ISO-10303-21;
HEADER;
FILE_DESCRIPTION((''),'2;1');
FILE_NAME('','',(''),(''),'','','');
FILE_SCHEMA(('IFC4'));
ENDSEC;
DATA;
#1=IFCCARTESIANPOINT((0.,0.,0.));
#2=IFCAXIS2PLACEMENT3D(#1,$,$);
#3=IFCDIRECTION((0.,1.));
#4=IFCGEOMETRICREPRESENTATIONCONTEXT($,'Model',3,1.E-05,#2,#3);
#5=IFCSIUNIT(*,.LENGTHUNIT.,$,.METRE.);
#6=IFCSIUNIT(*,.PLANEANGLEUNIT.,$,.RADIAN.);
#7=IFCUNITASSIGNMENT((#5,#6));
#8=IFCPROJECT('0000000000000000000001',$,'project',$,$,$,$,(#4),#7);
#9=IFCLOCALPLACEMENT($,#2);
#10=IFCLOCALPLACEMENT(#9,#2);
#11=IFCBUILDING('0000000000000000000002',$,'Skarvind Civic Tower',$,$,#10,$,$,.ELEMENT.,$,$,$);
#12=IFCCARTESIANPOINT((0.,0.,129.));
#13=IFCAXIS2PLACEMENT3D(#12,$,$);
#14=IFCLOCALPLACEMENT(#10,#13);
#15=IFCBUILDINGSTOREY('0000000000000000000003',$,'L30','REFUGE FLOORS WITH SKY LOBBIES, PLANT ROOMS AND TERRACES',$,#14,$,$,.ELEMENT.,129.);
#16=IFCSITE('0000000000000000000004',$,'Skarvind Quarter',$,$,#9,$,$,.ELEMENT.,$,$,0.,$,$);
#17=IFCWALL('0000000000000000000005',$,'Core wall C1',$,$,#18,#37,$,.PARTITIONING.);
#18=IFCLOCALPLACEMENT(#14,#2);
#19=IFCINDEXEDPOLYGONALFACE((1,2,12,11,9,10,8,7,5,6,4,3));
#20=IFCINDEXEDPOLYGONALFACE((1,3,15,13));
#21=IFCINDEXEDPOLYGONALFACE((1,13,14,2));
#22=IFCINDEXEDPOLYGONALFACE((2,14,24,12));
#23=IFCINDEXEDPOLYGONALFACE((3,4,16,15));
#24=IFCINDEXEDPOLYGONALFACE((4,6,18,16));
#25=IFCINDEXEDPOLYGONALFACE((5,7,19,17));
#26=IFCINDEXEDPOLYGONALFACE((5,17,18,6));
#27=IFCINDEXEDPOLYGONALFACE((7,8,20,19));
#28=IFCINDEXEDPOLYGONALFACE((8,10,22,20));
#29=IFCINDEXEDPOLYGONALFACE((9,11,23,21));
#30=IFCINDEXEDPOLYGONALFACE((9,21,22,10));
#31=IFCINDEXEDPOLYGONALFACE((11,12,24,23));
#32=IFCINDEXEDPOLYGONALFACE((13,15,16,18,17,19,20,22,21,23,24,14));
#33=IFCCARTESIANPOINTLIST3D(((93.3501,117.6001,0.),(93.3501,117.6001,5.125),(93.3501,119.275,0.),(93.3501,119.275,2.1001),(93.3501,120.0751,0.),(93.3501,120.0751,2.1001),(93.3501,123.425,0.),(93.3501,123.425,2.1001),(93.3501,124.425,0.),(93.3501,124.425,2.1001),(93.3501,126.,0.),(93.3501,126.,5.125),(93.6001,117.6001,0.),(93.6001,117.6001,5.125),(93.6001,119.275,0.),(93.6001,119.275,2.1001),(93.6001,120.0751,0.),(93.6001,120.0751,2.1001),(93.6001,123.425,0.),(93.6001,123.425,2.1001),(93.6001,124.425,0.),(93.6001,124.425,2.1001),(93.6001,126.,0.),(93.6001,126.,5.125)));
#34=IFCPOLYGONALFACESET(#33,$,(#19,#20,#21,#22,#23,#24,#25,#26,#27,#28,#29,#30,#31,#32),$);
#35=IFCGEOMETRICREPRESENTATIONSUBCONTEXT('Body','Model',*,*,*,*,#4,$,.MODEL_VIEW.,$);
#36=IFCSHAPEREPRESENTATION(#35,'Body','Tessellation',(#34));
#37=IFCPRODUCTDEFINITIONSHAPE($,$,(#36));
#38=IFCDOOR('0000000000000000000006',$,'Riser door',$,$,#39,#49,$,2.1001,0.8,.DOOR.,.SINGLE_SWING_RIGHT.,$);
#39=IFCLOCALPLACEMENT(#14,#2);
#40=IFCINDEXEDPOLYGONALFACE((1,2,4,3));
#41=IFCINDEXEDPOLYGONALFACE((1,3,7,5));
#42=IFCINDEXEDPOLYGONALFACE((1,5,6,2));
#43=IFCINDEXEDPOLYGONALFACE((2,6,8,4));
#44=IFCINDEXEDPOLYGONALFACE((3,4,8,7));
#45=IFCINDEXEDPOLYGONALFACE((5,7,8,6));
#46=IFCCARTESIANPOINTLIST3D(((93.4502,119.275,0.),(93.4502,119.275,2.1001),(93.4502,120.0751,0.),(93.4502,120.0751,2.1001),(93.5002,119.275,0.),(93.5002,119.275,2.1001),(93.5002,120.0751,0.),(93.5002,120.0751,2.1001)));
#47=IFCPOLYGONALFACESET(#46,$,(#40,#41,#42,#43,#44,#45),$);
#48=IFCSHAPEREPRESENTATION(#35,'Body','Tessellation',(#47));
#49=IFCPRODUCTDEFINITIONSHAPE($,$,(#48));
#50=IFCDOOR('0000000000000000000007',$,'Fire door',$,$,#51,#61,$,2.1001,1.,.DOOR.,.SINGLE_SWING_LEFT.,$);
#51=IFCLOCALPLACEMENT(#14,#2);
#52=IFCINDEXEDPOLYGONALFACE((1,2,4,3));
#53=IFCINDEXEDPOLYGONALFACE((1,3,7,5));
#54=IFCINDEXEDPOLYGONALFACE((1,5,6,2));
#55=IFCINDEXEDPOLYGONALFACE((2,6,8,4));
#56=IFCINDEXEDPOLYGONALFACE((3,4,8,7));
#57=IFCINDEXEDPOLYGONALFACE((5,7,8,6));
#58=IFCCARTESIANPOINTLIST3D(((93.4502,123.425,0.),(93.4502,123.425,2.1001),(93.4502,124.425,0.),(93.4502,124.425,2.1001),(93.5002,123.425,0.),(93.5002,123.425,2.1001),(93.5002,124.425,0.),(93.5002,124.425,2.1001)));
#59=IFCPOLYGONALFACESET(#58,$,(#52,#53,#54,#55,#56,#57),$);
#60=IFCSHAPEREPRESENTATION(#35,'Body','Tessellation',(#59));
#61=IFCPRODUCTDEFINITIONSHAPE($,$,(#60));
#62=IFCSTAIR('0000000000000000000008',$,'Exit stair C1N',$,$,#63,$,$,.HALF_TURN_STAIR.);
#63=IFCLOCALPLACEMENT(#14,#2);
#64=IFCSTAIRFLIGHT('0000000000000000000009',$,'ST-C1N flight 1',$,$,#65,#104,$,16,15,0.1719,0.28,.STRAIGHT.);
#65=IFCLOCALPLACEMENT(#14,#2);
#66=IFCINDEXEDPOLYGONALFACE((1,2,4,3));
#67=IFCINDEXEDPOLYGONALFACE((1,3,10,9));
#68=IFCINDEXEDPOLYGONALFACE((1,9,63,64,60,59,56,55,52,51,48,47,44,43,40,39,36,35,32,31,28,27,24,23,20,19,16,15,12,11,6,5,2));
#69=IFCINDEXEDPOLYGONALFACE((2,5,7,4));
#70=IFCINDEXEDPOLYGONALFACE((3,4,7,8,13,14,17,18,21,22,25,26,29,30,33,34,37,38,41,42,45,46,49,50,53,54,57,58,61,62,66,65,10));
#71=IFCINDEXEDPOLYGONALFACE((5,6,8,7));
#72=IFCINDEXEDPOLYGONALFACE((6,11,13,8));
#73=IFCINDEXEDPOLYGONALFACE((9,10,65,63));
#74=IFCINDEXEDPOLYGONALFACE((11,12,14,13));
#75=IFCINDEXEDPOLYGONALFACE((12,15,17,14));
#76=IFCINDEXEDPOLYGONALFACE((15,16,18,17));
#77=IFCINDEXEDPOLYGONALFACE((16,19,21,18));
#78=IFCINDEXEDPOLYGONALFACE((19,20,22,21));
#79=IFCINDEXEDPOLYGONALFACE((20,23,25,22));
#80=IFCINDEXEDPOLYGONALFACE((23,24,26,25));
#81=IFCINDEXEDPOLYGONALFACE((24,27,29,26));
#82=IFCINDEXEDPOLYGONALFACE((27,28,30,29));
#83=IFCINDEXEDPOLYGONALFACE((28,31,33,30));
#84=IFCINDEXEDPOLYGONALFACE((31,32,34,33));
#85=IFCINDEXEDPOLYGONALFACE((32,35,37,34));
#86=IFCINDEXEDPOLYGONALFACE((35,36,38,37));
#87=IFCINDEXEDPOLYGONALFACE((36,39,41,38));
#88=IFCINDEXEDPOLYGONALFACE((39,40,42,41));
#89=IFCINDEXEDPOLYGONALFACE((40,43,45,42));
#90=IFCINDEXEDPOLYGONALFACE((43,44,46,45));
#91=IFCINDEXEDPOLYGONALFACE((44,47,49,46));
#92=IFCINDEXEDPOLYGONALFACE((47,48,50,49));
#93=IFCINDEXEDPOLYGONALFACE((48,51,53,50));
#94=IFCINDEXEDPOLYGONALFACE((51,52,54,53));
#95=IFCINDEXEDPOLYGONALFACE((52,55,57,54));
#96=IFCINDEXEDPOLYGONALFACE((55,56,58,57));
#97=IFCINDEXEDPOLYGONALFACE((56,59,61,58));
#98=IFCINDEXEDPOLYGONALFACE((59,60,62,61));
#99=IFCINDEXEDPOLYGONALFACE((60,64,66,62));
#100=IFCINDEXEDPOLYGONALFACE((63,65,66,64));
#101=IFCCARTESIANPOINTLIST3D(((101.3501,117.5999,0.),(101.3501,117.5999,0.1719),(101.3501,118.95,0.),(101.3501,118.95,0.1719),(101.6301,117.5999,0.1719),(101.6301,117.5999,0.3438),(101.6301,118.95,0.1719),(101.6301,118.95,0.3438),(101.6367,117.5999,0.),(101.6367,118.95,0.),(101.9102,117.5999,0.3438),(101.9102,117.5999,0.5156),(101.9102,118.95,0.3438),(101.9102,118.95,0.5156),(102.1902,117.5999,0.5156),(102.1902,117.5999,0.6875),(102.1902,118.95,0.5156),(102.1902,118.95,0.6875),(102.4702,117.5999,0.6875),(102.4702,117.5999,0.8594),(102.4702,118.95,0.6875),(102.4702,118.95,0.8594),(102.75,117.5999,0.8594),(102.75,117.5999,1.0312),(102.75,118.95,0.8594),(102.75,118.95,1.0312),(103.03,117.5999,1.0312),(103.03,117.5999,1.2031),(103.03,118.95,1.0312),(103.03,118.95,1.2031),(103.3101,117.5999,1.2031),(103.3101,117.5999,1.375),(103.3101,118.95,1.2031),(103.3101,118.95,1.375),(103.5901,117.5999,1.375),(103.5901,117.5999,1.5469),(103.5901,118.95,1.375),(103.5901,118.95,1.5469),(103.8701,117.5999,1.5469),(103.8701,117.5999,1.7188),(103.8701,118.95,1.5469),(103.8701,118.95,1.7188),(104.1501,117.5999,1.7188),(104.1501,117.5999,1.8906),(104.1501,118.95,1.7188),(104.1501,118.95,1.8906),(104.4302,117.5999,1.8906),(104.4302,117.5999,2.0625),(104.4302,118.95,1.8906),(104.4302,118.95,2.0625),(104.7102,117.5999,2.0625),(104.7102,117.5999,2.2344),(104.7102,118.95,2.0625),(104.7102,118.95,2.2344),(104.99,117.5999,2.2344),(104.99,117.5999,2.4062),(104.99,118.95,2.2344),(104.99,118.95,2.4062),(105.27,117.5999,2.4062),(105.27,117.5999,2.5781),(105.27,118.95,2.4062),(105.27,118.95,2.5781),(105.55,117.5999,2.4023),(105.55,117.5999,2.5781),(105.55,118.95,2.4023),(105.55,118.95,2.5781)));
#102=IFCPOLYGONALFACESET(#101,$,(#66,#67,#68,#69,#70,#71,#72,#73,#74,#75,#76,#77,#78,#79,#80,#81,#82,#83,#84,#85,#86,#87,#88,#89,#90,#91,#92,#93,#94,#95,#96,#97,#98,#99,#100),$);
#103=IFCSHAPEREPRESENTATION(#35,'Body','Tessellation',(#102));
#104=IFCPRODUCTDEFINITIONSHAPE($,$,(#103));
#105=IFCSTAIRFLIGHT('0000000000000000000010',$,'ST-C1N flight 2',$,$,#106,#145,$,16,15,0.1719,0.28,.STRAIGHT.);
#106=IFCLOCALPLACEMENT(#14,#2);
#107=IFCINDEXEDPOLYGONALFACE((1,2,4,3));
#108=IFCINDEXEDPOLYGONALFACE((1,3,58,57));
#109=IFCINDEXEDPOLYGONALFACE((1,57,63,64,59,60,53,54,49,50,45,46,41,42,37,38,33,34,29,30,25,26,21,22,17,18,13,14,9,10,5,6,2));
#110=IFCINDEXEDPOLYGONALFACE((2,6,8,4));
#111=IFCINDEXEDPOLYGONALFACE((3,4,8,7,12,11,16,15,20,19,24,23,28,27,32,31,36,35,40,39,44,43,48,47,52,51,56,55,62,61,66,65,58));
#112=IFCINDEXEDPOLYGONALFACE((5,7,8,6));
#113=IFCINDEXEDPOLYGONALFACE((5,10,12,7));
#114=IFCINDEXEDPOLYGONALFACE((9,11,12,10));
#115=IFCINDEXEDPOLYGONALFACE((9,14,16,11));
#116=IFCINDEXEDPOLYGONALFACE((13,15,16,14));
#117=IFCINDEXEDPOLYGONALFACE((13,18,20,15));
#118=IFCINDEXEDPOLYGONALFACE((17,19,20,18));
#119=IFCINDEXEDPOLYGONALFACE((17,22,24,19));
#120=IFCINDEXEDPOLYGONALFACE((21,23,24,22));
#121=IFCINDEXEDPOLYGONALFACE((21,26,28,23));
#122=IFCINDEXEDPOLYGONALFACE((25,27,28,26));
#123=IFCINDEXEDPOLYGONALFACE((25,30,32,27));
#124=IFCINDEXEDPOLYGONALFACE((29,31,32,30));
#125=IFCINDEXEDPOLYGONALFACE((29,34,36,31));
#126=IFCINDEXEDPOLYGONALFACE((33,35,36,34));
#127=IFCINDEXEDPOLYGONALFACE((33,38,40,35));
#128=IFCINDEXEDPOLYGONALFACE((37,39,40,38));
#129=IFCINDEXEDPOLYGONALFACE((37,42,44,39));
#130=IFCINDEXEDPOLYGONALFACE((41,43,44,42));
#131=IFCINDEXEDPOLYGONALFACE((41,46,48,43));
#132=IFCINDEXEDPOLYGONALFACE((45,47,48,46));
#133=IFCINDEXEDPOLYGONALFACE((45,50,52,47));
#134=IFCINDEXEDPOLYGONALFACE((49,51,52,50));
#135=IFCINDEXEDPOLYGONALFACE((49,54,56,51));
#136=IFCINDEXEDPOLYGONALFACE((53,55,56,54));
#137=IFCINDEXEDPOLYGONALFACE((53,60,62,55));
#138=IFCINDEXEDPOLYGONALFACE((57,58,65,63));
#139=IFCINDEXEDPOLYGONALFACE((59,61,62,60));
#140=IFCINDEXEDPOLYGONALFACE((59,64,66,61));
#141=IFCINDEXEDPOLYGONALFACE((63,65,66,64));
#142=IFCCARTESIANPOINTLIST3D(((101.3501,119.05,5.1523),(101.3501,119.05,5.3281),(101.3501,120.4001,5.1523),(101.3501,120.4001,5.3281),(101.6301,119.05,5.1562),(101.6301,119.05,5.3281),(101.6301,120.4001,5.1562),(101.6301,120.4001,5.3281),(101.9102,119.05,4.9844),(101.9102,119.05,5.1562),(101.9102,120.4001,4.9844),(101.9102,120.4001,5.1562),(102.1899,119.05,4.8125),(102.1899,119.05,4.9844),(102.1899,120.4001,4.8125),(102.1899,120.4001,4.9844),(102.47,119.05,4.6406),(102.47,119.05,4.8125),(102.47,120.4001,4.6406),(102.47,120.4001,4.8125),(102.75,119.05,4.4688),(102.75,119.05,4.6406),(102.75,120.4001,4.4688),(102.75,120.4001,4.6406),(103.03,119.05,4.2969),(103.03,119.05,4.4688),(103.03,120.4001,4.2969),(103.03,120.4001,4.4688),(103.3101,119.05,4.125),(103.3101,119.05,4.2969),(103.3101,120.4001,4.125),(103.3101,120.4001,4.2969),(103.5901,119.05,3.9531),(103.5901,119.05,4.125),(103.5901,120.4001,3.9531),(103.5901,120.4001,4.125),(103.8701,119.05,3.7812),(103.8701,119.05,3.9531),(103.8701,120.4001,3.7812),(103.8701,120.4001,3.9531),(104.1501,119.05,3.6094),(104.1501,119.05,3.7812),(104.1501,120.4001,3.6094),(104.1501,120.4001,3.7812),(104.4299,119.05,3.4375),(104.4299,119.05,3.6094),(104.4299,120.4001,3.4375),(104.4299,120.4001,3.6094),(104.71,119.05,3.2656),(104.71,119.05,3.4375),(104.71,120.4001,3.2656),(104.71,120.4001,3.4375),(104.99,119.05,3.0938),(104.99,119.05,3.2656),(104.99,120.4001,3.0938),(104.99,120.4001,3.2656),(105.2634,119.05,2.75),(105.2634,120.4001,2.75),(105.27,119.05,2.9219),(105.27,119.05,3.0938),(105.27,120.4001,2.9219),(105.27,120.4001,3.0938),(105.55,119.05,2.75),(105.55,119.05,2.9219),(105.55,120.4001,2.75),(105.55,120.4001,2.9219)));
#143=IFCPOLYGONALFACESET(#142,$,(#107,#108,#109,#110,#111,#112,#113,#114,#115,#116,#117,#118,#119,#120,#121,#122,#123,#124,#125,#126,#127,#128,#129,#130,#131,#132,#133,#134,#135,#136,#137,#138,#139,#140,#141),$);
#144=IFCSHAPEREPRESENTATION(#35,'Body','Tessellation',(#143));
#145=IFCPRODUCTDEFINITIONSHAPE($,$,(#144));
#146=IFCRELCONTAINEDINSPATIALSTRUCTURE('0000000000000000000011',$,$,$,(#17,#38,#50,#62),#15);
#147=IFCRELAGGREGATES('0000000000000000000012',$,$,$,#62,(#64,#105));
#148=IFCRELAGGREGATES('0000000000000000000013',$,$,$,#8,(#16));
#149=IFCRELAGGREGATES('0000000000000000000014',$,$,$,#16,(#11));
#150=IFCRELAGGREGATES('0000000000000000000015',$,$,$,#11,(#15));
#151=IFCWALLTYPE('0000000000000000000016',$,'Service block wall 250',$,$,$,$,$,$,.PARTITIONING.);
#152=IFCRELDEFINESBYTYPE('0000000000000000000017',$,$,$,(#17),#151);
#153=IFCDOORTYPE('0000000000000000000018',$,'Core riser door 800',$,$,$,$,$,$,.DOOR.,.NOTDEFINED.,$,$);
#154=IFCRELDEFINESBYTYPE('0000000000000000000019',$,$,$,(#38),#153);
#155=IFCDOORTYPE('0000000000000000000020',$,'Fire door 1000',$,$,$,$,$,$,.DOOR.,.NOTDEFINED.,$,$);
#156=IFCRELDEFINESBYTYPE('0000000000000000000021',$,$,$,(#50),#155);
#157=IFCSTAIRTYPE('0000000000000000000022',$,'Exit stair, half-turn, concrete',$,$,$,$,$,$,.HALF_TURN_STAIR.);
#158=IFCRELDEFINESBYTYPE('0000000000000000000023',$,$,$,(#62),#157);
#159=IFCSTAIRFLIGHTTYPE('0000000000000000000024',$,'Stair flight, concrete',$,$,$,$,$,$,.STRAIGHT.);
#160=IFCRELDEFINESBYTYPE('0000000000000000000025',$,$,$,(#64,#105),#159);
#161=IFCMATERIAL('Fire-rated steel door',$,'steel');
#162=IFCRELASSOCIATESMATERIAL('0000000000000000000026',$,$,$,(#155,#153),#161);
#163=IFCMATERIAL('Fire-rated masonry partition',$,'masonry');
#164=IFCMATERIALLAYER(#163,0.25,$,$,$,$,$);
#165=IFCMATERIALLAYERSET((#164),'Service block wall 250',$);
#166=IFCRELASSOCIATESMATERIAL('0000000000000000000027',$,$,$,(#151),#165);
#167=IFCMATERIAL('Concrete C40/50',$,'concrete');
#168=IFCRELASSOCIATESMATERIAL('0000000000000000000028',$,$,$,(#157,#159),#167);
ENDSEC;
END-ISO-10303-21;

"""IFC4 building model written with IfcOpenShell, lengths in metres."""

from ifc_helpers import new_model, si_unit, direction, frame, frame_2d, origin, place, context, subcontext, project, spatial, polyline, rectangle, outline, extrude, material, layer, layer_set, type_object, element, fill, aggregate, save


model = new_model("IFC4")

# Units and contexts
model_context = context("Model", 3, precision=1e-05, world=origin(), true_north=direction((0.0, 1.0)))
body_context = subcontext(model_context, "Body", "Model", "MODEL_VIEW")
ifc_project = project(units=[si_unit("LENGTHUNIT", "METRE"), si_unit("PLANEANGLEUNIT", "RADIAN")], contexts=[model_context])

# Site, building, storey
site_placement = place(None, origin())
site = spatial("IfcSite", under=ifc_project, at=site_placement, Name="Skarvind Quarter", CompositionType="ELEMENT", RefElevation=0.0)
building_placement = place(site_placement, origin())
building = spatial("IfcBuilding", under=site, at=building_placement, Name="Skarvind Civic Tower", CompositionType="ELEMENT")
storey_placement = place(building_placement, frame((0.0, 0.0, 129.0)))
storey = spatial("IfcBuildingStorey", under=building, at=storey_placement, Name="L30", Description="REFUGE FLOORS WITH SKY LOBBIES, PLANT ROOMS AND TERRACES", CompositionType="ELEMENT", Elevation=129.0)

# Shared definitions
ifc_material_1 = material(Name="Fire-rated masonry partition", Category="masonry")
ifc_material_2 = material(Name="Fire-rated steel door", Category="steel")

# Shared definitions
door_type_1 = type_object("IfcDoorType", Name="Fire door 1000", OperationType="NOTDEFINED", PredefinedType="DOOR", material=ifc_material_2)

# Wall, openings, doors
ifc_layer_1 = layer(ifc_material_1, 0.25)
ifc_layer_set_1 = layer_set([ifc_layer_1], Name="Service block wall 250")
wall_type_1 = type_object("IfcWallType", Name="Service block wall 250", PredefinedType="PARTITIONING", material=ifc_layer_set_1)
wall_1_placement = place(storey_placement, frame((93.4751, 117.6001, 0.0), z_axis=(0.0, 0.0, 1.0), x_axis=(0.0, 1.0, 0.0)))
wall_1 = element("IfcWall", 1, at=wall_1_placement, inside=storey, type_object=wall_type_1, Name="Core wall C1", PredefinedType="PARTITIONING", context=body_context, shape_type="SweptSolid", body=[
    extrude(rectangle(XDim=8.3999, YDim=0.25, at=frame_2d((4.2, 0.0))), origin(), (0.0, 0.0, 1.0), 5.125),
])
opening_1_placement = place(wall_1_placement, frame((5.825, 0.0, 0.0)))
opening_1 = element("IfcOpeningElement", 2, at=opening_1_placement, cuts=wall_1, PredefinedType="OPENING", context=body_context, shape_type="SweptSolid", body=[
    extrude(rectangle(XDim=1.0, YDim=2.1001, at=frame_2d((0.5, 1.05))), frame((0.0, 0.135, 0.0), z_axis=(0.0, -1.0, 0.0), x_axis=(1.0, 0.0, 0.0)), (0.0, 0.0, 1.0), 0.27),
])
opening_2_placement = place(wall_1_placement, frame((1.675, 0.0, 0.0)))
opening_2 = element("IfcOpeningElement", 3, at=opening_2_placement, cuts=wall_1, PredefinedType="OPENING", context=body_context, shape_type="SweptSolid", body=[
    extrude(rectangle(XDim=0.8, YDim=2.1001, at=frame_2d((0.3999, 1.05))), frame((0.0, 0.135, 0.0), z_axis=(0.0, -1.0, 0.0), x_axis=(1.0, 0.0, 0.0)), (0.0, 0.0, 1.0), 0.27),
])
door_type_2 = type_object("IfcDoorType", Name="Core riser door 800", OperationType="NOTDEFINED", PredefinedType="DOOR", material=ifc_material_2)
door_1_placement = place(opening_2_placement, origin())
door_1 = element("IfcDoor", 4, at=door_1_placement, inside=storey, type_object=door_type_2, Name="Riser door", OperationType="SINGLE_SWING_RIGHT", OverallHeight=2.1001, OverallWidth=0.8, PredefinedType="DOOR", context=body_context, shape_type="SweptSolid", body=[
    extrude(rectangle(XDim=0.8, YDim=2.1001, at=frame_2d((0.3999, 1.05))), frame((0.0, 0.0249, 0.0), z_axis=(0.0, -1.0, 0.0), x_axis=(1.0, 0.0, 0.0)), (0.0, 0.0, 1.0), 0.05),
])
fill(opening_2, door_1)
door_2_placement = place(opening_1_placement, origin())
door_2 = element("IfcDoor", 5, at=door_2_placement, inside=storey, type_object=door_type_1, Name="Fire door", OperationType="SINGLE_SWING_LEFT", OverallHeight=2.1001, OverallWidth=1.0, PredefinedType="DOOR", context=body_context, shape_type="SweptSolid", body=[
    extrude(rectangle(XDim=1.0, YDim=2.1001, at=frame_2d((0.5, 1.05))), frame((0.0, 0.0249, 0.0), z_axis=(0.0, -1.0, 0.0), x_axis=(1.0, 0.0, 0.0)), (0.0, 0.0, 1.0), 0.05),
])
fill(opening_1, door_2)

# Stair, stair flights
ifc_material_3 = material(Name="Concrete C40/50", Category="concrete")
stair_type = type_object("IfcStairType", Name="Exit stair, half-turn, concrete", PredefinedType="HALF_TURN_STAIR", material=ifc_material_3)
stair_placement = place(storey_placement, origin())
stair = element("IfcStair", 6, at=stair_placement, inside=storey, type_object=stair_type, Name="Exit stair C1N", PredefinedType="HALF_TURN_STAIR")
stair_flight_type = type_object("IfcStairFlightType", Name="Stair flight, concrete", PredefinedType="STRAIGHT", material=ifc_material_3)
stair_flight_1_placement = place(storey_placement, frame((101.3501, 118.2749, 0.0), z_axis=(0.0, 0.0, 1.0), x_axis=(1.0, 0.0, 0.0)))
stair_flight_1 = element("IfcStairFlight", 7, at=stair_flight_1_placement, type_object=stair_flight_type, Name="ST-C1N flight 1", NumberOfRisers=16, NumberOfTreads=15, PredefinedType="STRAIGHT", RiserHeight=0.1719, TreadLength=0.28, context=body_context, shape_type="SweptSolid", body=[
    extrude(outline(polyline([(0.0, 0.0), (0.0, 0.1719), (0.28, 0.1719), (0.28, 0.3438), (0.5601, 0.3438), (0.5601, 0.5156), (0.8401, 0.5156), (0.8401, 0.6875), (1.1201, 0.6875), (1.1201, 0.8594), (1.3999, 0.8594), (1.3999, 1.0312), (1.6799, 1.0312), (1.6799, 1.2031), (1.96, 1.2031), (1.96, 1.375), (2.24, 1.375), (2.24, 1.5469), (2.52, 1.5469), (2.52, 1.7188), (2.8, 1.7188), (2.8, 1.8906), (3.0801, 1.8906), (3.0801, 2.0625), (3.3601, 2.0625), (3.3601, 2.2344), (3.6399, 2.2344), (3.6399, 2.4062), (3.9199, 2.4062), (3.9199, 2.5781), (4.2, 2.5781), (4.2, 2.75), (4.2, 2.4023), (0.2866, 0.0), (0.0, 0.0)])), frame((0.0, 0.675, 0.0), z_axis=(0.0, -1.0, 0.0), x_axis=(1.0, 0.0, 0.0)), (0.0, 0.0, 1.0), 1.3501),
])
stair_flight_2_placement = place(storey_placement, frame((105.55, 119.7251, 2.75), z_axis=(0.0, 0.0, 1.0), x_axis=(-1.0, 0.0, 0.0)))
stair_flight_2 = element("IfcStairFlight", 8, at=stair_flight_2_placement, type_object=stair_flight_type, Name="ST-C1N flight 2", NumberOfRisers=16, NumberOfTreads=15, PredefinedType="STRAIGHT", RiserHeight=0.1719, TreadLength=0.28, context=body_context, shape_type="SweptSolid", body=[
    extrude(outline(polyline([(0.0, 0.0), (0.0, 0.1719), (0.28, 0.1719), (0.28, 0.3438), (0.5601, 0.3438), (0.5601, 0.5156), (0.8401, 0.5156), (0.8401, 0.6875), (1.1201, 0.6875), (1.1201, 0.8594), (1.3999, 0.8594), (1.3999, 1.0312), (1.6799, 1.0312), (1.6799, 1.2031), (1.96, 1.2031), (1.96, 1.375), (2.24, 1.375), (2.24, 1.5469), (2.52, 1.5469), (2.52, 1.7188), (2.8, 1.7188), (2.8, 1.8906), (3.0801, 1.8906), (3.0801, 2.0625), (3.3601, 2.0625), (3.3601, 2.2344), (3.6399, 2.2344), (3.6399, 2.4062), (3.9199, 2.4062), (3.9199, 2.5781), (4.2, 2.5781), (4.2, 2.75), (4.2, 2.4023), (0.2866, 0.0), (0.0, 0.0)])), frame((0.0, 0.675, 0.0), z_axis=(0.0, -1.0, 0.0), x_axis=(1.0, 0.0, 0.0)), (0.0, 0.0, 1.0), 1.3501),
])
aggregate(stair, [stair_flight_1, stair_flight_2])

save(model, "model.ifc")
